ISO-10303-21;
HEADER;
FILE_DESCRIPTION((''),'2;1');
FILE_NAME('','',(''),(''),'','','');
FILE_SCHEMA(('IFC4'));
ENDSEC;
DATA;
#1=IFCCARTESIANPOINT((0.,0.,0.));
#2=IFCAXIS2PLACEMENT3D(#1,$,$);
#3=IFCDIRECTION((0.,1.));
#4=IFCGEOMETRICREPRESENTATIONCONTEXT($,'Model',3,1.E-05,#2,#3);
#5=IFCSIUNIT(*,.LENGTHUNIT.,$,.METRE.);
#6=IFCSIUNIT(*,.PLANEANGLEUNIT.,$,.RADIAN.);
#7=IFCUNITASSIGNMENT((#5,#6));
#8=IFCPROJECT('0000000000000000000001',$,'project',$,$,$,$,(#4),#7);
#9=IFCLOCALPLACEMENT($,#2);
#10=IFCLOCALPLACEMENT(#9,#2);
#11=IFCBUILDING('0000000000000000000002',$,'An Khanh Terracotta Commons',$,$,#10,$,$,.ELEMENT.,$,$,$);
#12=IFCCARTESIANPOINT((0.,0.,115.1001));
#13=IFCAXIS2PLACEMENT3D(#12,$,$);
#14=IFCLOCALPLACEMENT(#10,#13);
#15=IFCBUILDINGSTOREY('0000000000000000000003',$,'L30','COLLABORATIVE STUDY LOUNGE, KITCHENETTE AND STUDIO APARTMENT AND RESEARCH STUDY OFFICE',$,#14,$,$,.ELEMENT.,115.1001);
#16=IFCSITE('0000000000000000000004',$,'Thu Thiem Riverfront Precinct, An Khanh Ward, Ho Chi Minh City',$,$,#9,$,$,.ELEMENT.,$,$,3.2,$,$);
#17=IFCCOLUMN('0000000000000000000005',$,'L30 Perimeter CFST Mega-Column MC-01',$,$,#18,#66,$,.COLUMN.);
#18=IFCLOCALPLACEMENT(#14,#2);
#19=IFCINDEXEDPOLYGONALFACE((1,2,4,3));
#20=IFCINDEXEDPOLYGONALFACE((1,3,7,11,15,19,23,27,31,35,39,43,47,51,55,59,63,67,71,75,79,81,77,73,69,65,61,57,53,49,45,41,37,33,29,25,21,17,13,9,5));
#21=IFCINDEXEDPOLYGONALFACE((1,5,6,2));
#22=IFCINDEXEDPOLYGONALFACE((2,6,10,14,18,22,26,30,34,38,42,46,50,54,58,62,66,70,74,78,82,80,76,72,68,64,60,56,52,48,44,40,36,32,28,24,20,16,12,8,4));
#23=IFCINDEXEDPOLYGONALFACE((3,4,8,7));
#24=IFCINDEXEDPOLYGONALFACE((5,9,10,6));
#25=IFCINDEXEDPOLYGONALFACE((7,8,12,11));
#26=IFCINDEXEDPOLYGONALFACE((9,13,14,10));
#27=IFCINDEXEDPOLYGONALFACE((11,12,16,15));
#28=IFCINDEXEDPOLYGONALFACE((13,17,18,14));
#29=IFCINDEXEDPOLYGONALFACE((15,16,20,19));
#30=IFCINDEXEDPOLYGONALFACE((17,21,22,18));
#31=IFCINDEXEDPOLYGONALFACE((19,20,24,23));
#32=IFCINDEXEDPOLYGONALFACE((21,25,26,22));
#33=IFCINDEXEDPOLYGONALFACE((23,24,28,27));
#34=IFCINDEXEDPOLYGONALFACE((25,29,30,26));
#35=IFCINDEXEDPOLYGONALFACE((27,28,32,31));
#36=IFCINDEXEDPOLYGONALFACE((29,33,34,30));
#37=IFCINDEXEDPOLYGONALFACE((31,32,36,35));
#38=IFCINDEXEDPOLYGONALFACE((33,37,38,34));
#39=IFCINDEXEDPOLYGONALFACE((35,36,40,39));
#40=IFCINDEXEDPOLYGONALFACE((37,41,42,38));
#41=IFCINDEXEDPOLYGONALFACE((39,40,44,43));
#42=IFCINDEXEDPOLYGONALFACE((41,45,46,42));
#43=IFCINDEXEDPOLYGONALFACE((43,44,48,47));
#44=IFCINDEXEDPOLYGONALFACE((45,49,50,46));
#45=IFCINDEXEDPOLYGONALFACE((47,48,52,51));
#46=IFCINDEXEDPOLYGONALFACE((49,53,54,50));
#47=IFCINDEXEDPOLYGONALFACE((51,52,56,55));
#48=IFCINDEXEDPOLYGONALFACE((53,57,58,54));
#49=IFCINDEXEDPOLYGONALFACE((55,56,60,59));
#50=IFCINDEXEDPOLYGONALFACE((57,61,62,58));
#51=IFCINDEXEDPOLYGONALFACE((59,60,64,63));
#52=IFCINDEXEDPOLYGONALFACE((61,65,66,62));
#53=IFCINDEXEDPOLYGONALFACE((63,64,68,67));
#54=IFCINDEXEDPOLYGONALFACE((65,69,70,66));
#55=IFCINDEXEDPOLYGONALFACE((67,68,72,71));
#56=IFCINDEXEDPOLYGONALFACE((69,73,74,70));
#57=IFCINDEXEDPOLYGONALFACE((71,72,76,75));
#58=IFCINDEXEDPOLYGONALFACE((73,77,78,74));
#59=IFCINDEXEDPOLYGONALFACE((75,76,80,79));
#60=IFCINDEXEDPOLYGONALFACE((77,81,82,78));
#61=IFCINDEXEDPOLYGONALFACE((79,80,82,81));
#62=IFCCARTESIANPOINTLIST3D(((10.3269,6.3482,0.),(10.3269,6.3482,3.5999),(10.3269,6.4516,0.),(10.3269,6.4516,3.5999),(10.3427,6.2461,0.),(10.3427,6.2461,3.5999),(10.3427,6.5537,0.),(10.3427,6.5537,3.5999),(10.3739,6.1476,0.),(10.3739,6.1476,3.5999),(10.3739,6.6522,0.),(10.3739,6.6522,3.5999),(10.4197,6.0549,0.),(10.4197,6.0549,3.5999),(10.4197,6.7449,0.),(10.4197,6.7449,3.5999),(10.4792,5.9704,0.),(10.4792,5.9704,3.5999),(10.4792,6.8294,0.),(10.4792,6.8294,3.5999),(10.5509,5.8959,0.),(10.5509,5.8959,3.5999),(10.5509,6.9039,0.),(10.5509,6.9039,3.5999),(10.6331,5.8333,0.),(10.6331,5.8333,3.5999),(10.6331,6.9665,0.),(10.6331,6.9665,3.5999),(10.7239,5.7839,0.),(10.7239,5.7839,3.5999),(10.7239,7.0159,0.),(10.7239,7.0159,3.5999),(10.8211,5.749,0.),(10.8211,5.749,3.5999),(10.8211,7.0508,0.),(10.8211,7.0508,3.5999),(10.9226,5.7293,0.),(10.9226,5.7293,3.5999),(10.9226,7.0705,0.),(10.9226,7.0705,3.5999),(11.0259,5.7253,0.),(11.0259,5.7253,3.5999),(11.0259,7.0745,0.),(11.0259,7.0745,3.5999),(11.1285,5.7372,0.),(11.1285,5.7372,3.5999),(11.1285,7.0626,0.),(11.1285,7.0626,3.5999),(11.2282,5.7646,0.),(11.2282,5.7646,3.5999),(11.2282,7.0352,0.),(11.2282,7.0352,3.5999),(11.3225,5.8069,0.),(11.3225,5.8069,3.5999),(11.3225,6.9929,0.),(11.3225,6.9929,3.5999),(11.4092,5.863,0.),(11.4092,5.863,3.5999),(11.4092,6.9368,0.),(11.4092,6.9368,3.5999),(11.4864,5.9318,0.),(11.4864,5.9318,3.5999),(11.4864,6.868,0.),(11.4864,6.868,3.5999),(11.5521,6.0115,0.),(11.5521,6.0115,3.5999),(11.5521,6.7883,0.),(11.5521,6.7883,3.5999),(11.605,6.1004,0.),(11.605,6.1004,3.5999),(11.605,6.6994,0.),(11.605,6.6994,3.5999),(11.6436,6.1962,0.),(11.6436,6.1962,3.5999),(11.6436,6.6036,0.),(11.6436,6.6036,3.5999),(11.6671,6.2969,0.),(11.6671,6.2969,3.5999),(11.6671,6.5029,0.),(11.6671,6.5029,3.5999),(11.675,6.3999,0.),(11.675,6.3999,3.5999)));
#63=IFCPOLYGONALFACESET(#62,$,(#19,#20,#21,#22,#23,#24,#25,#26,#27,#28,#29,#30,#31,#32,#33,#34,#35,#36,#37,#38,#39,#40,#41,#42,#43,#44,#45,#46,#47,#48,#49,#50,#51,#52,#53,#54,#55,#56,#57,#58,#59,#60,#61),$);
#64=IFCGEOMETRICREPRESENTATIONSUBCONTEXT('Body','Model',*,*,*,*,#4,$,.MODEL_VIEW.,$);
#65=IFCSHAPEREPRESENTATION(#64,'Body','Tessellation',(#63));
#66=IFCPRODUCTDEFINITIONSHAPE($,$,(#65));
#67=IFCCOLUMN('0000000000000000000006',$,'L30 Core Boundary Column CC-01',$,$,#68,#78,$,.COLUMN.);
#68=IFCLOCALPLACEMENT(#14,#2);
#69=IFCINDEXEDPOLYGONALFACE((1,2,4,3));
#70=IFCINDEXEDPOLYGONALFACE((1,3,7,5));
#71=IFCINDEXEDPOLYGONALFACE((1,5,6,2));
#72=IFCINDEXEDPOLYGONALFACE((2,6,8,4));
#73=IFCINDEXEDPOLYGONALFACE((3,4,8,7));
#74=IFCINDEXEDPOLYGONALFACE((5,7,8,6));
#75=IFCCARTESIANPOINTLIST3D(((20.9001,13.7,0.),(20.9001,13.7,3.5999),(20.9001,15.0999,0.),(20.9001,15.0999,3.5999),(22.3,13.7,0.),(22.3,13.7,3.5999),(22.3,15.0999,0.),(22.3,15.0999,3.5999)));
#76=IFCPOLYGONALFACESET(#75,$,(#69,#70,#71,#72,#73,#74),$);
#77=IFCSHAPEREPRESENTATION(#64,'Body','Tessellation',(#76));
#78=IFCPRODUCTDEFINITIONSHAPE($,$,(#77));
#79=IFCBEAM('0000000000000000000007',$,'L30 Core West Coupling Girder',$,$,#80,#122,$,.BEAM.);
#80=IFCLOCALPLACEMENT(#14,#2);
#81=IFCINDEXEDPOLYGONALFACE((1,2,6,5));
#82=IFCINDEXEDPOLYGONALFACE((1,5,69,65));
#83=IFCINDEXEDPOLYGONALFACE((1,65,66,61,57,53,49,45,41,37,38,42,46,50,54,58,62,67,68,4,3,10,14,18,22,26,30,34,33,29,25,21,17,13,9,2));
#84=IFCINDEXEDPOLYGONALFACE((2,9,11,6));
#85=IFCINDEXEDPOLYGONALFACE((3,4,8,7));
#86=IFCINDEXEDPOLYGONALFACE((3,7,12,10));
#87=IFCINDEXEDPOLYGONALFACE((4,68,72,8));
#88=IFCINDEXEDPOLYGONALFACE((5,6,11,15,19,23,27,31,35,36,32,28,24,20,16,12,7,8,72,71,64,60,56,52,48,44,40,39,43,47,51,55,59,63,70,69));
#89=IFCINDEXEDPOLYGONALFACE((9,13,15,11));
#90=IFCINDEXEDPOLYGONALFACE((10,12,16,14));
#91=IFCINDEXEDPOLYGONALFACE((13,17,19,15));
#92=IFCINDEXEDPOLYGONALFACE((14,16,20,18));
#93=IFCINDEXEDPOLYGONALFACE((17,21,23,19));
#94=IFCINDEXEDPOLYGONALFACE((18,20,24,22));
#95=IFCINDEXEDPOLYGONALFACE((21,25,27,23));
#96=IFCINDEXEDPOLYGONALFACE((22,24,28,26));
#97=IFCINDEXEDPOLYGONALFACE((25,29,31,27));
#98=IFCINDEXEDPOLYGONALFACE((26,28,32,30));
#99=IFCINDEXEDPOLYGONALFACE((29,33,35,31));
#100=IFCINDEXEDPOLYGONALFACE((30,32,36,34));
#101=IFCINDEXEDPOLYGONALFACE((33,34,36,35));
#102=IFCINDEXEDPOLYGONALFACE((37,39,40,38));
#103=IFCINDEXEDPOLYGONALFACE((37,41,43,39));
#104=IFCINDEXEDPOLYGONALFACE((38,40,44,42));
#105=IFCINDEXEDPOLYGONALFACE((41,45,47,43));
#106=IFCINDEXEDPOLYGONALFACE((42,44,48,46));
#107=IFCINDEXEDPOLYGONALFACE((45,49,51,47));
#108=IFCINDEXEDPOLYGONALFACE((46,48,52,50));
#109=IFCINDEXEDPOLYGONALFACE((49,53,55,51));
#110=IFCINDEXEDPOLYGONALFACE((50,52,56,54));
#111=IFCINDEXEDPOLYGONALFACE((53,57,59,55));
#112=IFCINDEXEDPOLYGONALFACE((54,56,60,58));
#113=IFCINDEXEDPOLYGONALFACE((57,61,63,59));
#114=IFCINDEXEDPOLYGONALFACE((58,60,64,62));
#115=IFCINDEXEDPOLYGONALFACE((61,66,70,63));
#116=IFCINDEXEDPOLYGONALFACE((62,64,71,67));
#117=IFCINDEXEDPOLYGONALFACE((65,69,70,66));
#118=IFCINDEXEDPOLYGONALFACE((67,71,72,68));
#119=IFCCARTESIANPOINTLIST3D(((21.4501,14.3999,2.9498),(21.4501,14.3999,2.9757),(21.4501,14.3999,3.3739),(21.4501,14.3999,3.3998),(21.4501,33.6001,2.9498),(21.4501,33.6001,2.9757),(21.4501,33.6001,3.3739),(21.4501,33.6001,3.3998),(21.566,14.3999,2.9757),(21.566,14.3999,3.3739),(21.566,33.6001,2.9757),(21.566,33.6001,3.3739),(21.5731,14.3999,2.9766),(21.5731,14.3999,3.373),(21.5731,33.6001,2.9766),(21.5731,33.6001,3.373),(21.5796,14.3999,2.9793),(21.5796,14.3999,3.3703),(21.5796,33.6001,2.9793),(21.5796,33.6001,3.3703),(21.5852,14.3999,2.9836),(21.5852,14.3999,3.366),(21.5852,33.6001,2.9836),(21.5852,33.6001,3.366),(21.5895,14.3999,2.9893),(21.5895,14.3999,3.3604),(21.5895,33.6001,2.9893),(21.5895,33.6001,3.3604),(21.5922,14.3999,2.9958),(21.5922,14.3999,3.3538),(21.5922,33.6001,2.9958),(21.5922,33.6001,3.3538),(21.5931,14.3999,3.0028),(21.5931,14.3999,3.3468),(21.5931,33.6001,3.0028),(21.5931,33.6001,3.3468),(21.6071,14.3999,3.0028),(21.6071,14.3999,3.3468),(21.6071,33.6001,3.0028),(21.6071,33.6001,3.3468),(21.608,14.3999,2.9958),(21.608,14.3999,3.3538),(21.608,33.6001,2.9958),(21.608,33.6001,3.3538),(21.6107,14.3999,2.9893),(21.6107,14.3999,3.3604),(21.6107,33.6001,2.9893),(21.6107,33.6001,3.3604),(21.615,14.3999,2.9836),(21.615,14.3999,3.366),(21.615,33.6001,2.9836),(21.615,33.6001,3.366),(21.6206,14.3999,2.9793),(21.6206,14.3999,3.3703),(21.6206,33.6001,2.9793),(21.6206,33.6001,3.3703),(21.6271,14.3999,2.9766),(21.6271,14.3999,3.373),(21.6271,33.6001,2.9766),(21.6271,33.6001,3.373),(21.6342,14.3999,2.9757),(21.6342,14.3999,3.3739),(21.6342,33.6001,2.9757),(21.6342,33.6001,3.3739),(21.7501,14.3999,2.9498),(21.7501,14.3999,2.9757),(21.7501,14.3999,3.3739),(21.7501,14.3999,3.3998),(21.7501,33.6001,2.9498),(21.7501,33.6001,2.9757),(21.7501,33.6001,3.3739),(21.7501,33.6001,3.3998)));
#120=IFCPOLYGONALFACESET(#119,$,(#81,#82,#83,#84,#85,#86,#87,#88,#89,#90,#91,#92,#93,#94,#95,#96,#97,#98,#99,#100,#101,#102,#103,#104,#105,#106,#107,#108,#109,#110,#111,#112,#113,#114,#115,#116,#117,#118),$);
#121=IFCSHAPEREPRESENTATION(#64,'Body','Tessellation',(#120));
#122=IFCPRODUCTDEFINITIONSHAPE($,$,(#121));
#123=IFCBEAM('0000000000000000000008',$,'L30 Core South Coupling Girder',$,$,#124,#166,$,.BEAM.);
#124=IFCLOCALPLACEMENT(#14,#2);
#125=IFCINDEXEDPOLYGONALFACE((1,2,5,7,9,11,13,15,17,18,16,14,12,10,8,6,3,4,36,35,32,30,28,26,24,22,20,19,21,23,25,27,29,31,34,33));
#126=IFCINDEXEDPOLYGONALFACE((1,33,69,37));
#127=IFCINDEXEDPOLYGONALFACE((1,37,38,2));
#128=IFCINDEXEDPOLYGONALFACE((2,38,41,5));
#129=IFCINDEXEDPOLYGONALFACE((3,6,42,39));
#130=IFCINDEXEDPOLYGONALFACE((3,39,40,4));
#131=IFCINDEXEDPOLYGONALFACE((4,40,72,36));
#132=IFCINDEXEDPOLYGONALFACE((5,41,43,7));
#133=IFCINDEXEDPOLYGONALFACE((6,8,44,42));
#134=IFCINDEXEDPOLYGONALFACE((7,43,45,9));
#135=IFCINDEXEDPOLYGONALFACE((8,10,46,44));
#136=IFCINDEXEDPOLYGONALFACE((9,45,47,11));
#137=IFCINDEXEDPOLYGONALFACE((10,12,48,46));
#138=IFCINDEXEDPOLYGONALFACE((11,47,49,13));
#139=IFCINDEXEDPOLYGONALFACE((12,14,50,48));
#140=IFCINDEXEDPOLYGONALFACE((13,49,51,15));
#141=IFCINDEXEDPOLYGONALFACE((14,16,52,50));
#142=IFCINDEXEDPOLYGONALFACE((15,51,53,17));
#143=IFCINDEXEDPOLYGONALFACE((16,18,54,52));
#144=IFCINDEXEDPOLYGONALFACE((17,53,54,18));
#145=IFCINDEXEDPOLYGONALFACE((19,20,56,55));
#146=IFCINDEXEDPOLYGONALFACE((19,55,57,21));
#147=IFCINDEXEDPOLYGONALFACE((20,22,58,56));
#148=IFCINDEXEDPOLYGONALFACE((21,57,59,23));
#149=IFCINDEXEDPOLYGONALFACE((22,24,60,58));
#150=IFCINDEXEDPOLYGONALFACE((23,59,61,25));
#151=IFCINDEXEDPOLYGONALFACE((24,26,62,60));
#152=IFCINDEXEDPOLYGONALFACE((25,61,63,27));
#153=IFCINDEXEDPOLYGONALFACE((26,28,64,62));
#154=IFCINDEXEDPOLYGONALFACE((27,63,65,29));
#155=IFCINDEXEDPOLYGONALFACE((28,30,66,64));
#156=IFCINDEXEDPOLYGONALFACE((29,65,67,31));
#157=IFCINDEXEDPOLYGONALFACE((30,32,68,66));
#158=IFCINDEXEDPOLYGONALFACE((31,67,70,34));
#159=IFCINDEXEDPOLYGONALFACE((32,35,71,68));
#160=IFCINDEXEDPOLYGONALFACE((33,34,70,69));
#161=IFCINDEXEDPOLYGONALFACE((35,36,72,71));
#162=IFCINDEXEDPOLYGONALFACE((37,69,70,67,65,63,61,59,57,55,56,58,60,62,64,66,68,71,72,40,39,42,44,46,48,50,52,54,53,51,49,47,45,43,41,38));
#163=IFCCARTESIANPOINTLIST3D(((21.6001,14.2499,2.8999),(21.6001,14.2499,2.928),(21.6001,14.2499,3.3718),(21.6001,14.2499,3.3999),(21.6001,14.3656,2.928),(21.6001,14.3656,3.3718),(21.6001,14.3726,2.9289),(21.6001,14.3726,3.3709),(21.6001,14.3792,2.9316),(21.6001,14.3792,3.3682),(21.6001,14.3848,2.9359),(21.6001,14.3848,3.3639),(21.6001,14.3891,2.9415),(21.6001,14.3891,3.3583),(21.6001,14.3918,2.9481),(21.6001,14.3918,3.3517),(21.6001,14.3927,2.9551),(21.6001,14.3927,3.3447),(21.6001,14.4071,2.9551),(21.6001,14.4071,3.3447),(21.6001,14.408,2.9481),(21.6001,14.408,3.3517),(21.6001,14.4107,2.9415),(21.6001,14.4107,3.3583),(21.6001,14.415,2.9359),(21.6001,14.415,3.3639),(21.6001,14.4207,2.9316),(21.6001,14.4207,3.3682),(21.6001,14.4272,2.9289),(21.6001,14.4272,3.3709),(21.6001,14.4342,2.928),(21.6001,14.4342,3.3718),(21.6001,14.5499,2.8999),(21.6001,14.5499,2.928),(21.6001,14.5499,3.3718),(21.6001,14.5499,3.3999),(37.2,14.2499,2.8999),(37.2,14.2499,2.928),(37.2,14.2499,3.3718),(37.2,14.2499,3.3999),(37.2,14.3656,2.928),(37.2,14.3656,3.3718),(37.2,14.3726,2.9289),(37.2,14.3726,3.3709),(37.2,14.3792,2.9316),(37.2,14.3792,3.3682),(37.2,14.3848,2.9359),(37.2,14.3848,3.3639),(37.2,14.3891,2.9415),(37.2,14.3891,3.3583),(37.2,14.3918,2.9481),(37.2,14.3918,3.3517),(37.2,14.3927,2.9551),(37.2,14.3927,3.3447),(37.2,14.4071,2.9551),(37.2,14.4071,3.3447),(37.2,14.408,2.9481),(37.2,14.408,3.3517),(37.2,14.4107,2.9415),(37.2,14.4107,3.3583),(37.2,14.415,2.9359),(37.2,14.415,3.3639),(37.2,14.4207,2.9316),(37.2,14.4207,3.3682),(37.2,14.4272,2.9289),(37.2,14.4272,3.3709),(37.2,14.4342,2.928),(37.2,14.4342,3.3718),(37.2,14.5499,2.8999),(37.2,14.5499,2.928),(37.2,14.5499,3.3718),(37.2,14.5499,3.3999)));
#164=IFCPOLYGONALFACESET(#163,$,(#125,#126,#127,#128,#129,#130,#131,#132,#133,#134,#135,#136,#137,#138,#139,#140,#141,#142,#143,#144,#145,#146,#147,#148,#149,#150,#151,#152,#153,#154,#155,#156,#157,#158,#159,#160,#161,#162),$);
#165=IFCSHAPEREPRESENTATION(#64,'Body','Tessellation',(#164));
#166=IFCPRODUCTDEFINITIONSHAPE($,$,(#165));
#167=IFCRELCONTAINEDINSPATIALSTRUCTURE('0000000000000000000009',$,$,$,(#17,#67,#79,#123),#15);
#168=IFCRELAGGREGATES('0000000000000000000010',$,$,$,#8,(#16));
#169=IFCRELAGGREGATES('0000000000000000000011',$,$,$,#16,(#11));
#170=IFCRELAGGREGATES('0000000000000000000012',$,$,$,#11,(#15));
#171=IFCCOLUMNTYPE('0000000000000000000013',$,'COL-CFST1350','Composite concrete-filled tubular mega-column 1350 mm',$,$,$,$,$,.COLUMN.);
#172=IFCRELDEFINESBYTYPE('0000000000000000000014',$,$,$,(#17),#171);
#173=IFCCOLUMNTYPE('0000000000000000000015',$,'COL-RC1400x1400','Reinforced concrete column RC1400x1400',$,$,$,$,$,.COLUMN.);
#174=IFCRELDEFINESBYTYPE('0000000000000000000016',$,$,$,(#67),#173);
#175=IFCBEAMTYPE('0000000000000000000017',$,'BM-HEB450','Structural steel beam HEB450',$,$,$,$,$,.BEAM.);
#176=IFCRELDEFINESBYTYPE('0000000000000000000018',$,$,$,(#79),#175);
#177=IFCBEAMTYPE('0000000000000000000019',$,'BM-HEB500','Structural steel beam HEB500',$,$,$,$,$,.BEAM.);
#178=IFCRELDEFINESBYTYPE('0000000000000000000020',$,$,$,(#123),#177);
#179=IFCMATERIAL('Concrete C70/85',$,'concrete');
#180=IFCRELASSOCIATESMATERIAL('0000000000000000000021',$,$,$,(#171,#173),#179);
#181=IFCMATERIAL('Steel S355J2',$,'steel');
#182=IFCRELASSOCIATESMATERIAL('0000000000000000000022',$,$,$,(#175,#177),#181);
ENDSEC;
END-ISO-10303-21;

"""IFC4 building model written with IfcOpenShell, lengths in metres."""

from ifc_helpers import new_model, si_unit, direction, frame, origin, origin_2d, place, context, subcontext, project, spatial, rectangle, circle, i_section, extrude, material, material_profile, profile_set, type_object, element, save


model = new_model("IFC4")

# Units and contexts
model_context = context("Model", 3, precision=1e-05, world=origin(), true_north=direction((0.0, 1.0)))
body_context = subcontext(model_context, "Body", "Model", "MODEL_VIEW")
ifc_project = project(units=[si_unit("LENGTHUNIT", "METRE"), si_unit("PLANEANGLEUNIT", "RADIAN")], contexts=[model_context])

# Site, building, storey
site_placement = place(None, origin())
site = spatial("IfcSite", under=ifc_project, at=site_placement, Name="Thu Thiem Riverfront Precinct, An Khanh Ward, Ho Chi Minh City", CompositionType="ELEMENT", RefElevation=3.2)
building_placement = place(site_placement, origin())
building = spatial("IfcBuilding", under=site, at=building_placement, Name="An Khanh Terracotta Commons", CompositionType="ELEMENT")
storey_placement = place(building_placement, frame((0.0, 0.0, 115.1001)))
storey = spatial("IfcBuildingStorey", under=building, at=storey_placement, Name="L30", Description="COLLABORATIVE STUDY LOUNGE, KITCHENETTE AND STUDIO APARTMENT AND RESEARCH STUDY OFFICE", CompositionType="ELEMENT", Elevation=115.1001)

# Columns
ifc_material_1 = material(Name="Concrete C70/85", Category="concrete")
ifc_material_profile_1 = material_profile(ifc_material_1, circle(Radius=0.675, at=origin_2d()), Name="CFST1350")
ifc_profile_set_1 = profile_set([ifc_material_profile_1], Name="Concrete C70/85")
column_type_1 = type_object("IfcColumnType", Name="COL-CFST1350", Description="Composite concrete-filled tubular mega-column 1350 mm", PredefinedType="COLUMN", material=ifc_profile_set_1)
column_1_placement = place(storey_placement, frame((11.0, 6.3999, 0.0), z_axis=(0.0, 0.0, 1.0), x_axis=(1.0, 0.0, 0.0)))
element("IfcColumn", 1, at=column_1_placement, inside=storey, type_object=column_type_1, Name="L30 Perimeter CFST Mega-Column MC-01", PredefinedType="COLUMN", context=body_context, shape_type="SweptSolid", body=[
    extrude(circle(Radius=0.675, at=origin_2d()), origin(), (0.0, 0.0, 1.0), 3.5999),
])
ifc_material_profile_2 = material_profile(ifc_material_1, rectangle(XDim=1.3999, YDim=1.3999, at=origin_2d()), Name="RC1400x1400")
ifc_profile_set_2 = profile_set([ifc_material_profile_2], Name="Concrete C70/85")
column_type_2 = type_object("IfcColumnType", Name="COL-RC1400x1400", Description="Reinforced concrete column RC1400x1400", PredefinedType="COLUMN", material=ifc_profile_set_2)
column_2_placement = place(storey_placement, frame((21.6001, 14.3999, 0.0), z_axis=(0.0, 0.0, 1.0), x_axis=(1.0, 0.0, 0.0)))
element("IfcColumn", 2, at=column_2_placement, inside=storey, type_object=column_type_2, Name="L30 Core Boundary Column CC-01", PredefinedType="COLUMN", context=body_context, shape_type="SweptSolid", body=[
    extrude(rectangle(XDim=1.3999, YDim=1.3999, at=origin_2d()), origin(), (0.0, 0.0, 1.0), 3.5999),
])

# Beams
ifc_material_2 = material(Name="Steel S355J2", Category="steel")
ifc_material_profile_3 = material_profile(ifc_material_2, i_section(OverallWidth=0.3, OverallDepth=0.45, WebThickness=0.0139, FlangeThickness=0.0259, FilletRadius=0.0271, at=origin_2d()), Name="HEB450")
ifc_profile_set_3 = profile_set([ifc_material_profile_3], Name="Steel S355J2")
beam_type_1 = type_object("IfcBeamType", Name="BM-HEB450", Description="Structural steel beam HEB450", PredefinedType="BEAM", material=ifc_profile_set_3)
beam_1_placement = place(storey_placement, frame((21.6001, 14.3999, 3.1748), z_axis=(0.0, 1.0, 0.0), x_axis=(-1.0, 0.0, 0.0)))
element("IfcBeam", 3, at=beam_1_placement, inside=storey, type_object=beam_type_1, Name="L30 Core West Coupling Girder", PredefinedType="BEAM", context=body_context, shape_type="SweptSolid", body=[
    extrude(i_section(OverallWidth=0.3, OverallDepth=0.45, WebThickness=0.0139, FlangeThickness=0.0259, FilletRadius=0.0271, at=origin_2d()), origin(), (0.0, 0.0, 1.0), 19.2002),
])
ifc_material_profile_4 = material_profile(ifc_material_2, i_section(OverallWidth=0.3, OverallDepth=0.5, WebThickness=0.0144, FlangeThickness=0.0281, FilletRadius=0.0271, at=origin_2d()), Name="HEB500")
ifc_profile_set_4 = profile_set([ifc_material_profile_4], Name="Steel S355J2")
beam_type_2 = type_object("IfcBeamType", Name="BM-HEB500", Description="Structural steel beam HEB500", PredefinedType="BEAM", material=ifc_profile_set_4)
beam_2_placement = place(storey_placement, frame((21.6001, 14.3999, 3.1499), z_axis=(1.0, 0.0, 0.0), x_axis=(0.0, 1.0, 0.0)))
element("IfcBeam", 4, at=beam_2_placement, inside=storey, type_object=beam_type_2, Name="L30 Core South Coupling Girder", PredefinedType="BEAM", context=body_context, shape_type="SweptSolid", body=[
    extrude(i_section(OverallWidth=0.3, OverallDepth=0.5, WebThickness=0.0144, FlangeThickness=0.0281, FilletRadius=0.0271, at=origin_2d()), origin(), (0.0, 0.0, 1.0), 15.5999),
])

save(model, "model.ifc")
